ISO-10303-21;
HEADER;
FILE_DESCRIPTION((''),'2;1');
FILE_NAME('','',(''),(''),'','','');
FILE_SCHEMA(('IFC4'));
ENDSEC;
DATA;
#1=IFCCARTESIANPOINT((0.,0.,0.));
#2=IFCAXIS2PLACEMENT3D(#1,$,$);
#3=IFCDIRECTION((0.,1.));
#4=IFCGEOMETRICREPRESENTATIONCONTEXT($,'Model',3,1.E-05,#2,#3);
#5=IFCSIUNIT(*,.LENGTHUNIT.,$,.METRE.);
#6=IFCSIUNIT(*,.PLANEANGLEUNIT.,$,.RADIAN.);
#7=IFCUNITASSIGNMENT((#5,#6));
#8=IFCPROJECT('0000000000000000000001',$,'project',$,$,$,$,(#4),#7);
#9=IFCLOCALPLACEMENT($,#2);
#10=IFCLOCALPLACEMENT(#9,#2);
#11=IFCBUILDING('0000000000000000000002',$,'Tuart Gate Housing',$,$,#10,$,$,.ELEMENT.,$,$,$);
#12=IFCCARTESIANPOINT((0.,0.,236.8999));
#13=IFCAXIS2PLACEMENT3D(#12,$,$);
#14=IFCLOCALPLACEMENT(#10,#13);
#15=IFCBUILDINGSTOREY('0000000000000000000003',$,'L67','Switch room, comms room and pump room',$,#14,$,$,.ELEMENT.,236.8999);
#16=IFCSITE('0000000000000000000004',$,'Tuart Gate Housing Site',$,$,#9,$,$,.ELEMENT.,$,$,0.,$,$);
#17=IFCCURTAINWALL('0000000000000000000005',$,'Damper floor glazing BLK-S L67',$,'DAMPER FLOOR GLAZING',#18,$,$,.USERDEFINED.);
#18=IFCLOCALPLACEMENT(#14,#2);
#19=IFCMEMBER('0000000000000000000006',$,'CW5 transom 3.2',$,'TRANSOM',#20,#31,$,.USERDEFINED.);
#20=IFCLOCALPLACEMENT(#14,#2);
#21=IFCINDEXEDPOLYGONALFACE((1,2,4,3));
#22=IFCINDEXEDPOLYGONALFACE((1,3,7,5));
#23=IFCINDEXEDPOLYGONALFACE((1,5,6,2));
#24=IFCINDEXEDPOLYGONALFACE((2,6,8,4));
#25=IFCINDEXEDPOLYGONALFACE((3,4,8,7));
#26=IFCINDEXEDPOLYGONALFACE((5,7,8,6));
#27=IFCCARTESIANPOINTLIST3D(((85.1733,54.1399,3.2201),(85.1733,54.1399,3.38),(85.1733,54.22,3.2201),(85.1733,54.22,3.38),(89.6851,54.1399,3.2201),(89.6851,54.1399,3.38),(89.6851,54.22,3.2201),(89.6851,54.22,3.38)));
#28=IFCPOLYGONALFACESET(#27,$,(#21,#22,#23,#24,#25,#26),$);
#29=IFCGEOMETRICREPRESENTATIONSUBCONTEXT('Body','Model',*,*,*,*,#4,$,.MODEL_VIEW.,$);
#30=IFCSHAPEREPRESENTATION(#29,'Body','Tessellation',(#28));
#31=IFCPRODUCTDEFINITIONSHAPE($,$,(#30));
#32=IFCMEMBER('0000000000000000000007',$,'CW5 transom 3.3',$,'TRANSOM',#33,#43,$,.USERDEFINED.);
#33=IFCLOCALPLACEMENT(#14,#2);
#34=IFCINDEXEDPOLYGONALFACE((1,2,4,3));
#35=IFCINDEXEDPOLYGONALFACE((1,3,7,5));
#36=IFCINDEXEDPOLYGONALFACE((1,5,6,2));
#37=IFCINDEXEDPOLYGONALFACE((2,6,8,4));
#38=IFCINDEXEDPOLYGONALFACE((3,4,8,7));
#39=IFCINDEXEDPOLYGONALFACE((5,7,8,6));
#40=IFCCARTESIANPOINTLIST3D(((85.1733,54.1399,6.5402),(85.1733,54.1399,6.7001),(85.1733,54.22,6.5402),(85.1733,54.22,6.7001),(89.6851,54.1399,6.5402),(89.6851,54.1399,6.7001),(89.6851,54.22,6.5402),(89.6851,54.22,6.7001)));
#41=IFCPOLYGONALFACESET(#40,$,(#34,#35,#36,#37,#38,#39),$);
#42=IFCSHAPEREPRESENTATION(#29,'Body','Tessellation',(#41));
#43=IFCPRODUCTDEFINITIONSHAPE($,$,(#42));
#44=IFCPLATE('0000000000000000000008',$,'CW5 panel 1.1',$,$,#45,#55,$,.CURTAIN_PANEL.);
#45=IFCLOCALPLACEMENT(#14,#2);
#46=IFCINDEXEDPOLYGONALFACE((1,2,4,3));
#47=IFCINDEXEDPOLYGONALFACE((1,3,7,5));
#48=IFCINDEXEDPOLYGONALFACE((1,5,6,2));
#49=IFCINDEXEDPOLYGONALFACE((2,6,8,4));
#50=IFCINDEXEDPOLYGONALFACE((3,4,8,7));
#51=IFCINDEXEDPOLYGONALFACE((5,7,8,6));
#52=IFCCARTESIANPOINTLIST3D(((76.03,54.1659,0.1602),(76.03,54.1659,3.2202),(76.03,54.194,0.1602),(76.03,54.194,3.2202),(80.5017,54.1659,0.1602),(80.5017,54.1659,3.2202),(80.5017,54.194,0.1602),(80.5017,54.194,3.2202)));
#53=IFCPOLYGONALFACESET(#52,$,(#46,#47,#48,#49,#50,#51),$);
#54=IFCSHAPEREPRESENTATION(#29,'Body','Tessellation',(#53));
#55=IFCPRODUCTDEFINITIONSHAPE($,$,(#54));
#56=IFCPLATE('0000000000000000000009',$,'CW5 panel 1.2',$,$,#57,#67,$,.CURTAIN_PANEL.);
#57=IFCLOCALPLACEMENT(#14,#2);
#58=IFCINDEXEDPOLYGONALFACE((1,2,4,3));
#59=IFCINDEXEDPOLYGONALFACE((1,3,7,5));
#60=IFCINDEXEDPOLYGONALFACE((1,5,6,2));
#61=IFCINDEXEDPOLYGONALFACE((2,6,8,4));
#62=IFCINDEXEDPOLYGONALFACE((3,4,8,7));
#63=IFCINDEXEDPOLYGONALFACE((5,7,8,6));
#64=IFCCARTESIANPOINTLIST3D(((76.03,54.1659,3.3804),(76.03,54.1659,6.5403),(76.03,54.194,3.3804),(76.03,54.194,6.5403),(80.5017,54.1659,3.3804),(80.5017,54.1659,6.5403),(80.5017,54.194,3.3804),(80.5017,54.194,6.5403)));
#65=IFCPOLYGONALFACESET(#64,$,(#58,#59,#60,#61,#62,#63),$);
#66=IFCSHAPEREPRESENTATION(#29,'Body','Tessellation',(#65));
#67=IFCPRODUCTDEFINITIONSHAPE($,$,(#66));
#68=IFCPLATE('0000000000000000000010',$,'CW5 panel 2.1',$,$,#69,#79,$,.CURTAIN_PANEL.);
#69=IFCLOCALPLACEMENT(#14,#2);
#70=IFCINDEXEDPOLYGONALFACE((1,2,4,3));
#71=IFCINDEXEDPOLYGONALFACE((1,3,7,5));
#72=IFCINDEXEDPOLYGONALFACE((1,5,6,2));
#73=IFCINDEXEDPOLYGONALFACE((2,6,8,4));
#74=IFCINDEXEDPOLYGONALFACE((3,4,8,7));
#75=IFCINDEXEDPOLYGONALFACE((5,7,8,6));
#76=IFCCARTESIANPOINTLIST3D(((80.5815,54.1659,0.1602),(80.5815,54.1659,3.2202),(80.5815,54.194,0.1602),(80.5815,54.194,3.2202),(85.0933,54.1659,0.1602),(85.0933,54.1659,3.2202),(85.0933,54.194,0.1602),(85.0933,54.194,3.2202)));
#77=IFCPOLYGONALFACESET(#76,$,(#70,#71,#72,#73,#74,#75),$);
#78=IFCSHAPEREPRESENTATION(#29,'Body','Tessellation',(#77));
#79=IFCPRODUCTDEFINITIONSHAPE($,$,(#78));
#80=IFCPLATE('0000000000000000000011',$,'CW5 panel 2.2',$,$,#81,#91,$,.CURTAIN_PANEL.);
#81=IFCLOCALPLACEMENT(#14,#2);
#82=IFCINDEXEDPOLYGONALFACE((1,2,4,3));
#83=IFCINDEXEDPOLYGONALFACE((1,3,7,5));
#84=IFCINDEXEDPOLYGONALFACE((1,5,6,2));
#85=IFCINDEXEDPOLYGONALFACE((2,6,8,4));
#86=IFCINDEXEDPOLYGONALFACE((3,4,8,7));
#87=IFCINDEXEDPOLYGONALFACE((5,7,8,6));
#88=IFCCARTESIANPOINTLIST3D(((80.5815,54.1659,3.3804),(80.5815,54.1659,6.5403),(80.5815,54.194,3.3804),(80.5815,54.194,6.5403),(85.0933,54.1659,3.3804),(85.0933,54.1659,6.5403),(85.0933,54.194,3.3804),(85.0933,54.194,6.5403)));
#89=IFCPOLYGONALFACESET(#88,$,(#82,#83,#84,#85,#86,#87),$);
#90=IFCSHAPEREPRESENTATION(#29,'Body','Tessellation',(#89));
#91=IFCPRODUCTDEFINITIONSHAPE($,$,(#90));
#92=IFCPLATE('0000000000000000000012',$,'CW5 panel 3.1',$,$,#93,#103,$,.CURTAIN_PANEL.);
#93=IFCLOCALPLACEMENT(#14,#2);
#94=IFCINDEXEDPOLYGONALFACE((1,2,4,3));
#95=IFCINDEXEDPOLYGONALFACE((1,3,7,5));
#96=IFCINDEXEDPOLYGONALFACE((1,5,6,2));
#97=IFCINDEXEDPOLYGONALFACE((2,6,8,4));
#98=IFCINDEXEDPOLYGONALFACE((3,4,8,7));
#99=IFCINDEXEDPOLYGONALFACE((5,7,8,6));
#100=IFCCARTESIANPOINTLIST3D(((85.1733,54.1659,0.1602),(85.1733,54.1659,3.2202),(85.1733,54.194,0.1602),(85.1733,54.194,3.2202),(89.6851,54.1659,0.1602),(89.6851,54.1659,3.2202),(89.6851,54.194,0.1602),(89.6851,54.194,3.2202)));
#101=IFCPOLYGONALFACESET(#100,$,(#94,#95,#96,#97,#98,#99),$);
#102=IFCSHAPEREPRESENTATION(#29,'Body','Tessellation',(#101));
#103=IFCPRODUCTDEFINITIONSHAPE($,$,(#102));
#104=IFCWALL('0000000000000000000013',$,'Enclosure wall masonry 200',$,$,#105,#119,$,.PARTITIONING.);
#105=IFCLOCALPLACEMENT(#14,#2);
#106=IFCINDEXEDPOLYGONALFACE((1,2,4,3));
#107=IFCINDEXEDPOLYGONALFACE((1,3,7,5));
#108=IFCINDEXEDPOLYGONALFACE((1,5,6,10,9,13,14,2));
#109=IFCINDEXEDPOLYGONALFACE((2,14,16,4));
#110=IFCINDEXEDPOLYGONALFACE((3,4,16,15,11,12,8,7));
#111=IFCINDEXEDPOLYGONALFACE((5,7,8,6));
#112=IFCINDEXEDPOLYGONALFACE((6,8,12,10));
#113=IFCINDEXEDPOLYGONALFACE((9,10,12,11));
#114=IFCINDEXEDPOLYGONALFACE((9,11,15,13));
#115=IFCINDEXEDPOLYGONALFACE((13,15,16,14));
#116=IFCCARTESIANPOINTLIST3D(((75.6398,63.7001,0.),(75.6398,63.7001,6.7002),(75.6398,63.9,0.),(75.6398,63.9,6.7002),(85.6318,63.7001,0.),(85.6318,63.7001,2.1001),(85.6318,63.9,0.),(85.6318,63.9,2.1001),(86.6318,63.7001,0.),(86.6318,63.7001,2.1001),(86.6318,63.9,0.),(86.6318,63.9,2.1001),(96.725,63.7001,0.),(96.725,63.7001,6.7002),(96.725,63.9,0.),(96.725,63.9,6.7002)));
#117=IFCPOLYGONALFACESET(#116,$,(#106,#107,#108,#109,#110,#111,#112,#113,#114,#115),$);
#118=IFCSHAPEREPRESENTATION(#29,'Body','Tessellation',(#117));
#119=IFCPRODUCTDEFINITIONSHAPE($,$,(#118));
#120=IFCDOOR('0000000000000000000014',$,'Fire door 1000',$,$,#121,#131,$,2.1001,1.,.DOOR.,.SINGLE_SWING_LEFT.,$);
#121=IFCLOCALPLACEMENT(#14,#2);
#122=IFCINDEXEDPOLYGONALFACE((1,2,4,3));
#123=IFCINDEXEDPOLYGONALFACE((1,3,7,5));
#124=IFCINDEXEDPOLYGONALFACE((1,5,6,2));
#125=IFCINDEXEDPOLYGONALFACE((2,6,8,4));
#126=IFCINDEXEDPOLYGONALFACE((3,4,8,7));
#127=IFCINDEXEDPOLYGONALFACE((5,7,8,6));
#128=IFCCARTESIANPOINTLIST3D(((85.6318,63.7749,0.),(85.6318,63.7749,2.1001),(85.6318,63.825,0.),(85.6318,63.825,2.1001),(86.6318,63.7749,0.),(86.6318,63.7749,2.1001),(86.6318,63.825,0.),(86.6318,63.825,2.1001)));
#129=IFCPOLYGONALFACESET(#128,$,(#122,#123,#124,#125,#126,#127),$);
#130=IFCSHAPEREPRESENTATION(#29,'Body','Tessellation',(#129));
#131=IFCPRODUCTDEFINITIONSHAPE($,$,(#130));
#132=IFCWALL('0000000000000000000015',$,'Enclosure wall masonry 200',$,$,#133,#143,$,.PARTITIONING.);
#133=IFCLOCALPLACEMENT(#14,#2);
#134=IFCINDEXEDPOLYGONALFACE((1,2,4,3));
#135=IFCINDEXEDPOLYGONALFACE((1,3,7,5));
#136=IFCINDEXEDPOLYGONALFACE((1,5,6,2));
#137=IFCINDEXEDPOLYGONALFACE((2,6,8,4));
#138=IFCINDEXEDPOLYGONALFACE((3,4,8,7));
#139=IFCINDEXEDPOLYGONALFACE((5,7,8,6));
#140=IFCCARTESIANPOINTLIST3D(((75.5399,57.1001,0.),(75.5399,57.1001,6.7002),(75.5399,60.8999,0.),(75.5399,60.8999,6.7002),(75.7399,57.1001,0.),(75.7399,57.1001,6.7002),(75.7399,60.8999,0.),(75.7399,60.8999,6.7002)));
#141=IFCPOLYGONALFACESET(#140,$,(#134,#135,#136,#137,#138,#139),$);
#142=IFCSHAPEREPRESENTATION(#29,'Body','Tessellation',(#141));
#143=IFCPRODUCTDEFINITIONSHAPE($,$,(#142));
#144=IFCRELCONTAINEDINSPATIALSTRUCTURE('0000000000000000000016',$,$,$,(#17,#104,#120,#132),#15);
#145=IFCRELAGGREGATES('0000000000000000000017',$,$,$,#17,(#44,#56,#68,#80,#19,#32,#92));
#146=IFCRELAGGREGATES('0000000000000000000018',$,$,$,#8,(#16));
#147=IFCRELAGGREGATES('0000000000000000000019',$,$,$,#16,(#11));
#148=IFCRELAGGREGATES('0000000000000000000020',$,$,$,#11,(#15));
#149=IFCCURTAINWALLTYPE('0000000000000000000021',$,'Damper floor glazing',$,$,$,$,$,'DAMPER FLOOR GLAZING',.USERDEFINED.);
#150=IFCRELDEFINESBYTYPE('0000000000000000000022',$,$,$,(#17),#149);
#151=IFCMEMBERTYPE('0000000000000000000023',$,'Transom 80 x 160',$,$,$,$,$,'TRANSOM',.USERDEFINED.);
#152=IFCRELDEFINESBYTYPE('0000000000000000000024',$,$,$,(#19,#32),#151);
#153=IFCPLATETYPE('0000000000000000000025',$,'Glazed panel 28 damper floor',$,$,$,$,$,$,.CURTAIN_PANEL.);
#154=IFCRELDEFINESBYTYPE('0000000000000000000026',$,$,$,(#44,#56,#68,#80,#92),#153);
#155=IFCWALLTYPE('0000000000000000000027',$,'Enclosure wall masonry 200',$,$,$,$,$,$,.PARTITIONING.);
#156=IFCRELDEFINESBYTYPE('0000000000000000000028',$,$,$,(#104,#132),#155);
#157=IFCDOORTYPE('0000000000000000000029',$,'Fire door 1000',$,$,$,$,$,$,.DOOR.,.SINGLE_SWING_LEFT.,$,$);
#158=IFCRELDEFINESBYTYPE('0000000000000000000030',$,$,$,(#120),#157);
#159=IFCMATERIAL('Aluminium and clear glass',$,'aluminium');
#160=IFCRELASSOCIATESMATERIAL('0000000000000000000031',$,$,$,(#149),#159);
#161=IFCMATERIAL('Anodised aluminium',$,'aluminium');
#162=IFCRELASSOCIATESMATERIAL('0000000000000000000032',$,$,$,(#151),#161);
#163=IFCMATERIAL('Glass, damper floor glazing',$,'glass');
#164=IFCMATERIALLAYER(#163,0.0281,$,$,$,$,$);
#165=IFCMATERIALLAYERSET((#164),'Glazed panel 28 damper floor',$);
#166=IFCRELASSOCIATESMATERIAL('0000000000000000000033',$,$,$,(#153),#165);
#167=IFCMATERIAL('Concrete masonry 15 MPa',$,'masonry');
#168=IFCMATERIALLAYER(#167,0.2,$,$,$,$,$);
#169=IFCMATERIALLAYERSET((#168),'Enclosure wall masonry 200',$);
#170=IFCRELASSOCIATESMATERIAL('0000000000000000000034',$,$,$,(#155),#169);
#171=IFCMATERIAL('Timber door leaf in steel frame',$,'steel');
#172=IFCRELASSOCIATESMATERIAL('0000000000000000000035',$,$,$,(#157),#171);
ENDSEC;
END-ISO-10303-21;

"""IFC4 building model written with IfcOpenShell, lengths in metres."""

from ifc_helpers import new_model, si_unit, direction, frame, frame_2d, origin, origin_2d, place, context, subcontext, project, spatial, rectangle, extrude, material, layer, layer_set, material_profile, profile_set, type_object, element, fill, aggregate, save


model = new_model("IFC4")

# Units and contexts
model_context = context("Model", 3, precision=1e-05, world=origin(), true_north=direction((0.0, 1.0)))
body_context = subcontext(model_context, "Body", "Model", "MODEL_VIEW")
ifc_project = project(units=[si_unit("LENGTHUNIT", "METRE"), si_unit("PLANEANGLEUNIT", "RADIAN")], contexts=[model_context])

# Site, building, storey
site_placement = place(None, origin())
site = spatial("IfcSite", under=ifc_project, at=site_placement, Name="Tuart Gate Housing Site", CompositionType="ELEMENT", RefElevation=0.0)
building_placement = place(site_placement, origin())
building = spatial("IfcBuilding", under=site, at=building_placement, Name="Tuart Gate Housing", CompositionType="ELEMENT")
storey_placement = place(building_placement, frame((0.0, 0.0, 236.8999)))
storey = spatial("IfcBuildingStorey", under=building, at=storey_placement, Name="L67", Description="Switch room, comms room and pump room", CompositionType="ELEMENT", Elevation=236.8999)

# Curtain wall, members, plates
ifc_material_1 = material(Name="Aluminium and clear glass", Category="aluminium")
curtain_wall_type = type_object("IfcCurtainWallType", Name="Damper floor glazing", ElementType="DAMPER FLOOR GLAZING", PredefinedType="USERDEFINED", material=ifc_material_1)
curtain_wall_placement = place(storey_placement, origin())
curtain_wall = element("IfcCurtainWall", 1, at=curtain_wall_placement, inside=storey, type_object=curtain_wall_type, Name="Damper floor glazing BLK-S L67", ObjectType="DAMPER FLOOR GLAZING", PredefinedType="USERDEFINED")
ifc_material_2 = material(Name="Anodised aluminium", Category="aluminium")
ifc_material_profile_1 = material_profile(ifc_material_2, rectangle(XDim=0.0801, YDim=0.1599, at=origin_2d()), Name="80x160")
ifc_profile_set_1 = profile_set([ifc_material_profile_1], Name="Anodised aluminium")
member_type_1 = type_object("IfcMemberType", Name="Transom 80 x 160", ElementType="TRANSOM", PredefinedType="USERDEFINED", material=ifc_profile_set_1)
member_1_placement = place(storey_placement, frame((85.1733, 54.1799, 3.3), z_axis=(1.0, 0.0, 0.0), x_axis=(0.0, 1.0, 0.0)))
member_1 = element("IfcMember", 2, at=member_1_placement, type_object=member_type_1, Name="CW5 transom 3.2", ObjectType="TRANSOM", PredefinedType="USERDEFINED", context=body_context, shape_type="SweptSolid", body=[
    extrude(rectangle(XDim=0.0801, YDim=0.1599, at=origin_2d()), origin(), (0.0, 0.0, 1.0), 4.5117),
])
member_2_placement = place(storey_placement, frame((85.1733, 54.1799, 6.6201), z_axis=(1.0, 0.0, 0.0), x_axis=(0.0, 1.0, 0.0)))
member_2 = element("IfcMember", 3, at=member_2_placement, type_object=member_type_1, Name="CW5 transom 3.3", ObjectType="TRANSOM", PredefinedType="USERDEFINED", context=body_context, shape_type="SweptSolid", body=[
    extrude(rectangle(XDim=0.0801, YDim=0.1599, at=origin_2d()), origin(), (0.0, 0.0, 1.0), 4.5117),
])
ifc_material_3 = material(Name="Glass, damper floor glazing", Category="glass")
ifc_layer_1 = layer(ifc_material_3, 0.0281)
ifc_layer_set_1 = layer_set([ifc_layer_1], Name="Glazed panel 28 damper floor")
plate_type = type_object("IfcPlateType", Name="Glazed panel 28 damper floor", PredefinedType="CURTAIN_PANEL", material=ifc_layer_set_1)
plate_1_placement = place(storey_placement, frame((78.2659, 54.1799, 0.1602), z_axis=(0.0, 0.0, 1.0), x_axis=(1.0, 0.0, 0.0)))
plate_1 = element("IfcPlate", 4, at=plate_1_placement, type_object=plate_type, Name="CW5 panel 1.1", PredefinedType="CURTAIN_PANEL", context=body_context, shape_type="SweptSolid", body=[
    extrude(rectangle(XDim=4.4717, YDim=0.0281, at=origin_2d()), origin(), (0.0, 0.0, 1.0), 3.0601),
])
plate_2_placement = place(storey_placement, frame((78.2659, 54.1799, 3.3804), z_axis=(0.0, 0.0, 1.0), x_axis=(1.0, 0.0, 0.0)))
plate_2 = element("IfcPlate", 5, at=plate_2_placement, type_object=plate_type, Name="CW5 panel 1.2", PredefinedType="CURTAIN_PANEL", context=body_context, shape_type="SweptSolid", body=[
    extrude(rectangle(XDim=4.4717, YDim=0.0281, at=origin_2d()), origin(), (0.0, 0.0, 1.0), 3.1599),
])
plate_3_placement = place(storey_placement, frame((82.8374, 54.1799, 0.1602), z_axis=(0.0, 0.0, 1.0), x_axis=(1.0, 0.0, 0.0)))
plate_3 = element("IfcPlate", 6, at=plate_3_placement, type_object=plate_type, Name="CW5 panel 2.1", PredefinedType="CURTAIN_PANEL", context=body_context, shape_type="SweptSolid", body=[
    extrude(rectangle(XDim=4.5117, YDim=0.0281, at=origin_2d()), origin(), (0.0, 0.0, 1.0), 3.0601),
])
plate_4_placement = place(storey_placement, frame((82.8374, 54.1799, 3.3804), z_axis=(0.0, 0.0, 1.0), x_axis=(1.0, 0.0, 0.0)))
plate_4 = element("IfcPlate", 7, at=plate_4_placement, type_object=plate_type, Name="CW5 panel 2.2", PredefinedType="CURTAIN_PANEL", context=body_context, shape_type="SweptSolid", body=[
    extrude(rectangle(XDim=4.5117, YDim=0.0281, at=origin_2d()), origin(), (0.0, 0.0, 1.0), 3.1599),
])
plate_5_placement = place(storey_placement, frame((87.4292, 54.1799, 0.1602), z_axis=(0.0, 0.0, 1.0), x_axis=(1.0, 0.0, 0.0)))
plate_5 = element("IfcPlate", 8, at=plate_5_placement, type_object=plate_type, Name="CW5 panel 3.1", PredefinedType="CURTAIN_PANEL", context=body_context, shape_type="SweptSolid", body=[
    extrude(rectangle(XDim=4.5117, YDim=0.0281, at=origin_2d()), origin(), (0.0, 0.0, 1.0), 3.0601),
])
aggregate(curtain_wall, [plate_1, plate_2, plate_3, plate_4, member_1, member_2, plate_5])

# Wall, opening, door
ifc_material_4 = material(Name="Concrete masonry 15 MPa", Category="masonry")
ifc_layer_2 = layer(ifc_material_4, 0.2)
ifc_layer_set_2 = layer_set([ifc_layer_2], Name="Enclosure wall masonry 200")
wall_type = type_object("IfcWallType", Name="Enclosure wall masonry 200", PredefinedType="PARTITIONING", material=ifc_layer_set_2)
wall_1_placement = place(storey_placement, frame((75.6399, 63.8, 0.0), z_axis=(0.0, 0.0, 1.0), x_axis=(1.0, 0.0, 0.0)))
wall_1 = element("IfcWall", 9, at=wall_1_placement, inside=storey, type_object=wall_type, Name="Enclosure wall masonry 200", PredefinedType="PARTITIONING", context=body_context, shape_type="SweptSolid", body=[
    extrude(rectangle(XDim=21.0852, YDim=0.2, at=frame_2d((10.5425, 0.0))), origin(), (0.0, 0.0, 1.0), 6.7002),
])
opening_placement = place(wall_1_placement, frame((9.9919, 0.0, 0.0)))
opening = element("IfcOpeningElement", 10, at=opening_placement, cuts=wall_1, PredefinedType="OPENING", context=body_context, shape_type="SweptSolid", body=[
    extrude(rectangle(XDim=1.0, YDim=2.1001, at=frame_2d((0.5, 1.05))), frame((0.0, 0.1099, 0.0), z_axis=(0.0, -1.0, 0.0), x_axis=(1.0, 0.0, 0.0)), (0.0, 0.0, 1.0), 0.22),
])
ifc_material_5 = material(Name="Timber door leaf in steel frame", Category="steel")
door_type = type_object("IfcDoorType", Name="Fire door 1000", OperationType="SINGLE_SWING_LEFT", PredefinedType="DOOR", material=ifc_material_5)
door_placement = place(opening_placement, origin())
door = element("IfcDoor", 11, at=door_placement, inside=storey, type_object=door_type, Name="Fire door 1000", OperationType="SINGLE_SWING_LEFT", OverallHeight=2.1001, OverallWidth=1.0, PredefinedType="DOOR", context=body_context, shape_type="SweptSolid", body=[
    extrude(rectangle(XDim=1.0, YDim=2.1001, at=frame_2d((0.5, 1.05))), frame((0.0, 0.0249, 0.0), z_axis=(0.0, -1.0, 0.0), x_axis=(1.0, 0.0, 0.0)), (0.0, 0.0, 1.0), 0.05),
])
fill(opening, door)

# Wall
wall_2_placement = place(storey_placement, frame((75.6399, 57.1001, 0.0), z_axis=(0.0, 0.0, 1.0), x_axis=(0.0, 1.0, 0.0)))
element("IfcWall", 12, at=wall_2_placement, inside=storey, type_object=wall_type, Name="Enclosure wall masonry 200", PredefinedType="PARTITIONING", context=body_context, shape_type="SweptSolid", body=[
    extrude(rectangle(XDim=3.7998, YDim=0.2, at=frame_2d((1.8999, 0.0))), origin(), (0.0, 0.0, 1.0), 6.7002),
])

save(model, "model.ifc")
